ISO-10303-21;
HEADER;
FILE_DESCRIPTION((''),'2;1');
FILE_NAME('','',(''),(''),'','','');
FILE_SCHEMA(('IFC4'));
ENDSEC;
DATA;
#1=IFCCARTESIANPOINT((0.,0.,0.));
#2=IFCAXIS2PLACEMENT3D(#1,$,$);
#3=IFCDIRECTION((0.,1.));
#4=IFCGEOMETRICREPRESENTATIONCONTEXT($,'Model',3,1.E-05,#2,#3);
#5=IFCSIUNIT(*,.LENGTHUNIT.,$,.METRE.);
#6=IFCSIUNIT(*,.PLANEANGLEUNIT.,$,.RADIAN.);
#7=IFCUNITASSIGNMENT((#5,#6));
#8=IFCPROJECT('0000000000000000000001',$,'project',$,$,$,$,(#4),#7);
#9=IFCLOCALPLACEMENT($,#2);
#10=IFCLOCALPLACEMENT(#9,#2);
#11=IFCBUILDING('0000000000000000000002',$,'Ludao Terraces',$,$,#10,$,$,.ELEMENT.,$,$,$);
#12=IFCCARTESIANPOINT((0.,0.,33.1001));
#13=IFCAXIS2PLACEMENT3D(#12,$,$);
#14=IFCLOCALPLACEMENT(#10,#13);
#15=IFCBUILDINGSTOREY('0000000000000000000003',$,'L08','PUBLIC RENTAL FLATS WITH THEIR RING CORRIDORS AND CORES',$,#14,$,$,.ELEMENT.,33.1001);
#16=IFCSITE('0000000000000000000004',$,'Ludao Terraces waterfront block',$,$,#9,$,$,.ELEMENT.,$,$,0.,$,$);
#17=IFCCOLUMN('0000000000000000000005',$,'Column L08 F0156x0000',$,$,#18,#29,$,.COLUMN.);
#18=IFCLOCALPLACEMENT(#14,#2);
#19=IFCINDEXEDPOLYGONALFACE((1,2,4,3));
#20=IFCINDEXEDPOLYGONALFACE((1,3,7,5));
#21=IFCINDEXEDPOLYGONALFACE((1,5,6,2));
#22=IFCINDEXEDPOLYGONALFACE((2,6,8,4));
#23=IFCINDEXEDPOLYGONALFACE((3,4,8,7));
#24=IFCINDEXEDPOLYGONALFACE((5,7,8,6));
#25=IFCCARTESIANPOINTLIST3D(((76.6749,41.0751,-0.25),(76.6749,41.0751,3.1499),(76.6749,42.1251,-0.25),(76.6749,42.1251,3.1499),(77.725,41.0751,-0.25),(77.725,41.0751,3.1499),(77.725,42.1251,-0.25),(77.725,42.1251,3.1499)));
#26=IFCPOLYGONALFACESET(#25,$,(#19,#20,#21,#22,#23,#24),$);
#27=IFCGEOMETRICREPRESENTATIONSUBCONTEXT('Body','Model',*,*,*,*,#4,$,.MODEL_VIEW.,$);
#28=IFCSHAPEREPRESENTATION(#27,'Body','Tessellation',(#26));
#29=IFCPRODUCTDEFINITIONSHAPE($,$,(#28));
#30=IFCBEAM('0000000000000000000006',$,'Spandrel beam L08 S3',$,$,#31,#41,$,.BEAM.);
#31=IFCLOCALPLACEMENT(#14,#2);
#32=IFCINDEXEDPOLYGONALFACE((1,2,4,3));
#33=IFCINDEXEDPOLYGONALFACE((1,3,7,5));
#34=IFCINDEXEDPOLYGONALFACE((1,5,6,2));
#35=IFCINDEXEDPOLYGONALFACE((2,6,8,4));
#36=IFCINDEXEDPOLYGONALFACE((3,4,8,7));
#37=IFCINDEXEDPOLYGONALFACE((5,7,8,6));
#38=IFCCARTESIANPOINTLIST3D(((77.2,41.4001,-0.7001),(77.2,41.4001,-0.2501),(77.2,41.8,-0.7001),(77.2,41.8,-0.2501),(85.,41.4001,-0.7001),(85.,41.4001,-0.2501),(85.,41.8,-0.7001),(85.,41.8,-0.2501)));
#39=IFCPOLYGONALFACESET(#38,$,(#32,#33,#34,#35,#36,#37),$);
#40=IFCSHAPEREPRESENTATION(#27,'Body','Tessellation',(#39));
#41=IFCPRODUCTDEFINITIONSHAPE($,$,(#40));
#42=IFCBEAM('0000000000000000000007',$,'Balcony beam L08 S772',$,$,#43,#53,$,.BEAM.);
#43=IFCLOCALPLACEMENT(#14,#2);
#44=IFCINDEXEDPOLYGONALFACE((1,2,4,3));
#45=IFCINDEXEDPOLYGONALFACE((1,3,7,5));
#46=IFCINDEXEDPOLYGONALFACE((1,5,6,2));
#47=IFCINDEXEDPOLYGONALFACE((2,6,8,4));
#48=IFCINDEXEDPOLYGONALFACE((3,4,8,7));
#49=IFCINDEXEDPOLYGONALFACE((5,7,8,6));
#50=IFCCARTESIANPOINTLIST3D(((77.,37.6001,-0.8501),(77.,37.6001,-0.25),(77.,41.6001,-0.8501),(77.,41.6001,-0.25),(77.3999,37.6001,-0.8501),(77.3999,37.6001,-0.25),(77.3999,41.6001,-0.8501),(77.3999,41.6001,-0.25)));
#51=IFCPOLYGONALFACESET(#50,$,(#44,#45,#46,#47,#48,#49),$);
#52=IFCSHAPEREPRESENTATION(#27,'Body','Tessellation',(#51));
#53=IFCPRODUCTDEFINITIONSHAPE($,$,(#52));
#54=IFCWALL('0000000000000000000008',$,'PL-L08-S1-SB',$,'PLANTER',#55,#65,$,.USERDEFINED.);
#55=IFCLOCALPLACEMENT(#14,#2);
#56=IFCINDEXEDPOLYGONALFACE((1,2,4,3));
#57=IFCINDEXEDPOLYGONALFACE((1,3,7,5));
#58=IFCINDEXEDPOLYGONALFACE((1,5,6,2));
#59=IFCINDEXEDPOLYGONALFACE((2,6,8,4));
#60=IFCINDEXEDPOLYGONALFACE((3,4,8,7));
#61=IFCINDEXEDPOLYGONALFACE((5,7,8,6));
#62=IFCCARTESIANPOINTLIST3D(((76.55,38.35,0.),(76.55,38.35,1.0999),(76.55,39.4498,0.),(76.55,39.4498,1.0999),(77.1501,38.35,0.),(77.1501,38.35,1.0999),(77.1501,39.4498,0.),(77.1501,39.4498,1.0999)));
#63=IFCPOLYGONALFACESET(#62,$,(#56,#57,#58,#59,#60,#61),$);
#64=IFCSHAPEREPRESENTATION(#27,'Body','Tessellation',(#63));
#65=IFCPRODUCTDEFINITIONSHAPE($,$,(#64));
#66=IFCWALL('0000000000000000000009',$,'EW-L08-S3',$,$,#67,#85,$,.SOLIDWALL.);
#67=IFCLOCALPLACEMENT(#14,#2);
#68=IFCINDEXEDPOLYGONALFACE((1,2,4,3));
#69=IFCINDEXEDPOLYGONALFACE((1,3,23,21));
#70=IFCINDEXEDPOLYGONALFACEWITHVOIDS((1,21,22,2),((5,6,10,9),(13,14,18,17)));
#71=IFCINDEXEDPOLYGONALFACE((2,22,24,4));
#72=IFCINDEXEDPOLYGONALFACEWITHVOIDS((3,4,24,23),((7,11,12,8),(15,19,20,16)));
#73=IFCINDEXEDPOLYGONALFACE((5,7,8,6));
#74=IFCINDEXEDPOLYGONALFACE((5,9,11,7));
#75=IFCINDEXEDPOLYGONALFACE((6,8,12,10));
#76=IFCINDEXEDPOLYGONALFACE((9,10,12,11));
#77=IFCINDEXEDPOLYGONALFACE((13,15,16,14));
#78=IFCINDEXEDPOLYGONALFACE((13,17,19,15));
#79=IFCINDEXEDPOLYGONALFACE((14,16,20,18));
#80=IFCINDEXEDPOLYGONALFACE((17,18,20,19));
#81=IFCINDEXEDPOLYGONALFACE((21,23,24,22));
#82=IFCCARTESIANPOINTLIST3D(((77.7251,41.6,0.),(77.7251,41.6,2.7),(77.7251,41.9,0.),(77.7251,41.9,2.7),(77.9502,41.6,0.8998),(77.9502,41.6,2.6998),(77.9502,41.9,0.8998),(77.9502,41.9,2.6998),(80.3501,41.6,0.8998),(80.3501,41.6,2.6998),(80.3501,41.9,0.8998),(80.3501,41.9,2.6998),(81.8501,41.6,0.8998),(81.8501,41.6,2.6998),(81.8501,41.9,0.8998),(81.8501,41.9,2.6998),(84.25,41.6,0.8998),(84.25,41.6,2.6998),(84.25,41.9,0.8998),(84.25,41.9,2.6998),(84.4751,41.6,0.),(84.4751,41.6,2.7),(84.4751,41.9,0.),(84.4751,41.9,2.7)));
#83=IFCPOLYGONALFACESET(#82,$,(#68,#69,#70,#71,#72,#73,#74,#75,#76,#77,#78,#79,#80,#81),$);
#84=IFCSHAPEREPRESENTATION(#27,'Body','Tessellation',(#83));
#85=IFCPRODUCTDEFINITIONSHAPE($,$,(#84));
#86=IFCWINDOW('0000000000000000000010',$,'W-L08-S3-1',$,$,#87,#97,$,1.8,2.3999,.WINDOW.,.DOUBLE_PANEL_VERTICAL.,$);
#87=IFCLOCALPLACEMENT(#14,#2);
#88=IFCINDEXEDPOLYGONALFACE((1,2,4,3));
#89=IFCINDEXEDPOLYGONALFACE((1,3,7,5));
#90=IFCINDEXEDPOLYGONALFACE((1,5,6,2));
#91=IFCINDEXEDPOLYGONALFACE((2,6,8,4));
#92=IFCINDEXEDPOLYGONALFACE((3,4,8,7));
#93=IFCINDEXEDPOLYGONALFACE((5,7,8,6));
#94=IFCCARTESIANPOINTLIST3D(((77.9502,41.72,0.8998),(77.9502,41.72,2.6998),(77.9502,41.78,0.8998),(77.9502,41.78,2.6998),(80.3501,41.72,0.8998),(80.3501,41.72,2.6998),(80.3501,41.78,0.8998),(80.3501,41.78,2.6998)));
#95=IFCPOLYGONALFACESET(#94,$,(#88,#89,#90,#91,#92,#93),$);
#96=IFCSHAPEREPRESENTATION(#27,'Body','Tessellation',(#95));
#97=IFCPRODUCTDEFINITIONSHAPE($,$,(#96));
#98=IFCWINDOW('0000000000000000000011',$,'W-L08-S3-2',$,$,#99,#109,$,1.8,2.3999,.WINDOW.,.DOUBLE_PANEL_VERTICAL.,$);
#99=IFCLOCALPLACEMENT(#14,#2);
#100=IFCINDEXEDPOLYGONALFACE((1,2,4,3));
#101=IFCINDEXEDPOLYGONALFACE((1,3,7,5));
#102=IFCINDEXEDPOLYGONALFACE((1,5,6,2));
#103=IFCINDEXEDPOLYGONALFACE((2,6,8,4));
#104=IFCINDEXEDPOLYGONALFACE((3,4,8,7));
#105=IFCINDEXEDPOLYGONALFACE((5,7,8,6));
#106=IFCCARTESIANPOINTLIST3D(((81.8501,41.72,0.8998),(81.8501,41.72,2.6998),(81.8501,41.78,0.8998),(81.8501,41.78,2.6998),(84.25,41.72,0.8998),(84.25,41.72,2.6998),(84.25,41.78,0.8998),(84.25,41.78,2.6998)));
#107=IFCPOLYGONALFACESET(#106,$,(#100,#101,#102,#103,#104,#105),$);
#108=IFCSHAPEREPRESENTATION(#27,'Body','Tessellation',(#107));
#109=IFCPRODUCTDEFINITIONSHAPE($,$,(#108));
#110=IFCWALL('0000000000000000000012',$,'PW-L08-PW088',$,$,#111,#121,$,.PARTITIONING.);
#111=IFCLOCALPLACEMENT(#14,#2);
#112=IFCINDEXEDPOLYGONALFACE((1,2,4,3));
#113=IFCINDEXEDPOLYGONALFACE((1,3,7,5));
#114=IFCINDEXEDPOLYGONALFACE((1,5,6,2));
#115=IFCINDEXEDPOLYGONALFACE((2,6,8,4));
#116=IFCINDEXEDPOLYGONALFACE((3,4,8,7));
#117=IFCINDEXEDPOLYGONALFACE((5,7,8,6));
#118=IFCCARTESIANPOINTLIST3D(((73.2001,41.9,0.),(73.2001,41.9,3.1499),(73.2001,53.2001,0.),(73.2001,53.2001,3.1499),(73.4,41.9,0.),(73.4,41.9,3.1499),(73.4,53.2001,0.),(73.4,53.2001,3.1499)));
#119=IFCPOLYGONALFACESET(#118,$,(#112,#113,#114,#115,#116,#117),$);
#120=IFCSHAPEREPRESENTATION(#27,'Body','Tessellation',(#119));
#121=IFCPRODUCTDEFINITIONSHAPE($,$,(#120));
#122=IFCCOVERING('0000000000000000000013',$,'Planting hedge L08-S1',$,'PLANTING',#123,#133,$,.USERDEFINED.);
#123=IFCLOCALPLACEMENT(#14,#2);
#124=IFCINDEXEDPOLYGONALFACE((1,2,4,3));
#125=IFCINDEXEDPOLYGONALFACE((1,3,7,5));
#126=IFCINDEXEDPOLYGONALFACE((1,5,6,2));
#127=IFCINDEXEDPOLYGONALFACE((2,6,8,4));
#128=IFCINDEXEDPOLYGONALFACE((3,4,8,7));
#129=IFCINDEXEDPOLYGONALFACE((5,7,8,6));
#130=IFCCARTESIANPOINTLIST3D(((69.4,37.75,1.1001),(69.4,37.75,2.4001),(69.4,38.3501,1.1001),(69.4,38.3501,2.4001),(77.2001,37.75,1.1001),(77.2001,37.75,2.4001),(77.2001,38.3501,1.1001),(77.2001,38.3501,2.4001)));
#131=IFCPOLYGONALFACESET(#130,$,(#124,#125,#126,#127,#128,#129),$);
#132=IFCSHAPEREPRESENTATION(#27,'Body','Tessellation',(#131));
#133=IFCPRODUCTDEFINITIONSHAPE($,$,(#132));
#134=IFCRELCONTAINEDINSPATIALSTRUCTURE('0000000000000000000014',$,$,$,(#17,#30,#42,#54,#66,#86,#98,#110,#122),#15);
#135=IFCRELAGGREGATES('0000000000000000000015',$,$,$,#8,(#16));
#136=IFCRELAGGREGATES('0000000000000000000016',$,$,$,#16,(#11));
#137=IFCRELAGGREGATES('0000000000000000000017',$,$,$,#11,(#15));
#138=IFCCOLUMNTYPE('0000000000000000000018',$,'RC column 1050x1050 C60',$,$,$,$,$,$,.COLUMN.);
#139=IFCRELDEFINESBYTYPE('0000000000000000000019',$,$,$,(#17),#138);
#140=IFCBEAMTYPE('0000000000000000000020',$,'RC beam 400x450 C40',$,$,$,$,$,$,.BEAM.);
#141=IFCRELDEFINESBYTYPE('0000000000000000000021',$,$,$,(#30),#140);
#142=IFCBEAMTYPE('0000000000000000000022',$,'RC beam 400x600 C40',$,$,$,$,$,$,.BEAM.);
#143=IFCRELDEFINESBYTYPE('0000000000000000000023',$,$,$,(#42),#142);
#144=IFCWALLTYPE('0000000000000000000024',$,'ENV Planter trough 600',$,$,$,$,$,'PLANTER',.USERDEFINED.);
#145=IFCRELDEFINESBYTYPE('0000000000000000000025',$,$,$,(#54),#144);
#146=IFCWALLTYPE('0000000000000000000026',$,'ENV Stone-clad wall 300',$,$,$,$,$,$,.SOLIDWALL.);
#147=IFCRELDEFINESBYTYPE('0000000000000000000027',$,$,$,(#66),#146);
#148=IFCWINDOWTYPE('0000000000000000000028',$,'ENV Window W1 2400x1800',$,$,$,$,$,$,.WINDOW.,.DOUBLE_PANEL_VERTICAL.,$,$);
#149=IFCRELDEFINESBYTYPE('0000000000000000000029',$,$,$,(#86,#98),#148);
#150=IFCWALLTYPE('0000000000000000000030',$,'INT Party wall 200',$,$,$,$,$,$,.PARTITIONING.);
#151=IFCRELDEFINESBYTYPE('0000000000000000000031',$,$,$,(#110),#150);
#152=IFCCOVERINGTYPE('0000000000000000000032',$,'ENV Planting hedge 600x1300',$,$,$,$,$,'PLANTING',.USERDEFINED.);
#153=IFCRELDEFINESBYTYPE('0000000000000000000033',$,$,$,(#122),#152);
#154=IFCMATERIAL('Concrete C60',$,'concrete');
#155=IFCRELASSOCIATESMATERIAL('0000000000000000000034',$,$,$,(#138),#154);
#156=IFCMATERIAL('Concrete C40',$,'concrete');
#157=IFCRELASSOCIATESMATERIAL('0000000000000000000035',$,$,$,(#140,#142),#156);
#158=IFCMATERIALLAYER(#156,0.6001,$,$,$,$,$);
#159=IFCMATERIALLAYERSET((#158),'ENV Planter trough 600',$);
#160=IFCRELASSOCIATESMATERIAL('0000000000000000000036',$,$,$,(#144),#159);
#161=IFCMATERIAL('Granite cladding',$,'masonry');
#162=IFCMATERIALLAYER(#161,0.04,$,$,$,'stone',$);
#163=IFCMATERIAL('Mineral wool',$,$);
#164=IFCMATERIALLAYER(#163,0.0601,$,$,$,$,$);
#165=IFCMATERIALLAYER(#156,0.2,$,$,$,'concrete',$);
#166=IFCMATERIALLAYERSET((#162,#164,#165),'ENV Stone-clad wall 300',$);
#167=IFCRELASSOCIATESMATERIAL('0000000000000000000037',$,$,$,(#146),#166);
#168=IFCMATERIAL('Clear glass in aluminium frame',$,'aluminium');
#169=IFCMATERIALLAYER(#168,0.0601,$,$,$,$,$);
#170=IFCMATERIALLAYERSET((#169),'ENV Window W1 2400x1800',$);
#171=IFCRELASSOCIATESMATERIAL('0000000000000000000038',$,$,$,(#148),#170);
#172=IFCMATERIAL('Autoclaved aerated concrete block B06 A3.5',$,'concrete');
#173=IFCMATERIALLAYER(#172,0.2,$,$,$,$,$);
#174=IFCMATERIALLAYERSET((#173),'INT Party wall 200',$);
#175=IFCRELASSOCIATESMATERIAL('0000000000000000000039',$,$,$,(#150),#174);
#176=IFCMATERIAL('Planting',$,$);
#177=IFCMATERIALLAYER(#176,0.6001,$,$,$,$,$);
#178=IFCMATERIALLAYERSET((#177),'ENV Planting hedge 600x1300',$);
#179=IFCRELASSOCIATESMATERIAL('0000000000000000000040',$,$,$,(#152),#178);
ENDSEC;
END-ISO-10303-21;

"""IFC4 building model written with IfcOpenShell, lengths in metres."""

from ifc_helpers import new_model, si_unit, direction, frame, frame_2d, origin, origin_2d, place, context, subcontext, project, spatial, rectangle, extrude, material, layer, layer_set, material_profile, profile_set, type_object, element, fill, save


model = new_model("IFC4")

# Units and contexts
model_context = context("Model", 3, precision=1e-05, world=origin(), true_north=direction((0.0, 1.0)))
body_context = subcontext(model_context, "Body", "Model", "MODEL_VIEW")
ifc_project = project(units=[si_unit("LENGTHUNIT", "METRE"), si_unit("PLANEANGLEUNIT", "RADIAN")], contexts=[model_context])

# Site, building, storey
site_placement = place(None, origin())
site = spatial("IfcSite", under=ifc_project, at=site_placement, Name="Ludao Terraces waterfront block", CompositionType="ELEMENT", RefElevation=0.0)
building_placement = place(site_placement, origin())
building = spatial("IfcBuilding", under=site, at=building_placement, Name="Ludao Terraces", CompositionType="ELEMENT")
storey_placement = place(building_placement, frame((0.0, 0.0, 33.1001)))
storey = spatial("IfcBuildingStorey", under=building, at=storey_placement, Name="L08", Description="PUBLIC RENTAL FLATS WITH THEIR RING CORRIDORS AND CORES", CompositionType="ELEMENT", Elevation=33.1001)

# Column
ifc_material_1 = material(Name="Concrete C60", Category="concrete")
ifc_material_profile_1 = material_profile(ifc_material_1, rectangle(XDim=1.05, YDim=1.05, at=origin_2d()), Name="1050 X 1050")
ifc_profile_set_1 = profile_set([ifc_material_profile_1], Name="Concrete C60")
column_type = type_object("IfcColumnType", Name="RC column 1050x1050 C60", PredefinedType="COLUMN", material=ifc_profile_set_1)
column_placement = place(storey_placement, frame((77.2, 41.6001, -0.25), z_axis=(0.0, 0.0, 1.0), x_axis=(1.0, 0.0, 0.0)))
element("IfcColumn", 1, at=column_placement, inside=storey, type_object=column_type, Name="Column L08 F0156x0000", PredefinedType="COLUMN", context=body_context, shape_type="SweptSolid", body=[
    extrude(rectangle(XDim=1.05, YDim=1.05, at=origin_2d()), origin(), (0.0, 0.0, 1.0), 3.3999),
])

# Beams
ifc_material_2 = material(Name="Concrete C40", Category="concrete")
ifc_material_profile_2 = material_profile(ifc_material_2, rectangle(XDim=0.3999, YDim=0.45, at=origin_2d()), Name="400 X 450")
ifc_profile_set_2 = profile_set([ifc_material_profile_2], Name="Concrete C40")
beam_type_1 = type_object("IfcBeamType", Name="RC beam 400x450 C40", PredefinedType="BEAM", material=ifc_profile_set_2)
beam_1_placement = place(storey_placement, frame((77.2, 41.6001, -0.4751), z_axis=(1.0, 0.0, 0.0), x_axis=(0.0, 1.0, 0.0)))
element("IfcBeam", 2, at=beam_1_placement, inside=storey, type_object=beam_type_1, Name="Spandrel beam L08 S3", PredefinedType="BEAM", context=body_context, shape_type="SweptSolid", body=[
    extrude(rectangle(XDim=0.3999, YDim=0.45, at=origin_2d()), origin(), (0.0, 0.0, 1.0), 7.8),
])
ifc_material_profile_3 = material_profile(ifc_material_2, rectangle(XDim=0.3999, YDim=0.6001, at=origin_2d()), Name="400 X 600")
ifc_profile_set_3 = profile_set([ifc_material_profile_3], Name="Concrete C40")
beam_type_2 = type_object("IfcBeamType", Name="RC beam 400x600 C40", PredefinedType="BEAM", material=ifc_profile_set_3)
beam_2_placement = place(storey_placement, frame((77.2, 41.6001, -0.55), z_axis=(0.0, -1.0, 0.0), x_axis=(1.0, 0.0, 0.0)))
element("IfcBeam", 3, at=beam_2_placement, inside=storey, type_object=beam_type_2, Name="Balcony beam L08 S772", PredefinedType="BEAM", context=body_context, shape_type="SweptSolid", body=[
    extrude(rectangle(XDim=0.3999, YDim=0.6001, at=origin_2d()), origin(), (0.0, 0.0, 1.0), 4.0),
])

# Wall
ifc_layer_1 = layer(ifc_material_2, 0.6001)
ifc_layer_set_1 = layer_set([ifc_layer_1], Name="ENV Planter trough 600")
wall_type_1 = type_object("IfcWallType", Name="ENV Planter trough 600", ElementType="PLANTER", PredefinedType="USERDEFINED", material=ifc_layer_set_1)
wall_1_placement = place(storey_placement, frame((76.8501, 38.3501, 0.0), z_axis=(0.0, 0.0, 1.0), x_axis=(0.0, 1.0, 0.0)))
element("IfcWall", 4, at=wall_1_placement, inside=storey, type_object=wall_type_1, Name="PL-L08-S1-SB", ObjectType="PLANTER", PredefinedType="USERDEFINED", context=body_context, shape_type="SweptSolid", body=[
    extrude(rectangle(XDim=1.0999, YDim=0.6001, at=frame_2d((0.5498, 0.0))), origin(), (0.0, 0.0, 1.0), 1.0999),
])

# Wall, openings, windows
ifc_material_3 = material(Name="Granite cladding", Category="masonry")
ifc_layer_2 = layer(ifc_material_3, 0.04, Category="stone")
ifc_material_4 = material(Name="Mineral wool")
ifc_layer_3 = layer(ifc_material_4, 0.0601)
ifc_layer_4 = layer(ifc_material_2, 0.2, Category="concrete")
ifc_layer_set_2 = layer_set([ifc_layer_2, ifc_layer_3, ifc_layer_4], Name="ENV Stone-clad wall 300")
wall_type_2 = type_object("IfcWallType", Name="ENV Stone-clad wall 300", PredefinedType="SOLIDWALL", material=ifc_layer_set_2)
wall_2_placement = place(storey_placement, frame((77.7251, 41.75, 0.0), z_axis=(0.0, 0.0, 1.0), x_axis=(1.0, 0.0, 0.0)))
wall_2 = element("IfcWall", 5, at=wall_2_placement, inside=storey, type_object=wall_type_2, Name="EW-L08-S3", PredefinedType="SOLIDWALL", context=body_context, shape_type="SweptSolid", body=[
    extrude(rectangle(XDim=6.75, YDim=0.3, at=frame_2d((3.375, 0.0))), origin(), (0.0, 0.0, 1.0), 2.7),
])
opening_1_placement = place(wall_2_placement, frame((0.2251, 0.0, 0.8999)))
opening_1 = element("IfcOpeningElement", 6, at=opening_1_placement, cuts=wall_2, PredefinedType="OPENING", context=body_context, shape_type="SweptSolid", body=[
    extrude(rectangle(XDim=2.3999, YDim=1.8, at=frame_2d((1.2, 0.8999))), frame((0.0, 0.1602, 0.0), z_axis=(0.0, -1.0, 0.0), x_axis=(1.0, 0.0, 0.0)), (0.0, 0.0, 1.0), 0.3201),
])
opening_2_placement = place(wall_2_placement, frame((4.125, 0.0, 0.8999)))
opening_2 = element("IfcOpeningElement", 7, at=opening_2_placement, cuts=wall_2, PredefinedType="OPENING", context=body_context, shape_type="SweptSolid", body=[
    extrude(rectangle(XDim=2.3999, YDim=1.8, at=frame_2d((1.2, 0.8999))), frame((0.0, 0.1602, 0.0), z_axis=(0.0, -1.0, 0.0), x_axis=(1.0, 0.0, 0.0)), (0.0, 0.0, 1.0), 0.3201),
])
ifc_material_5 = material(Name="Clear glass in aluminium frame", Category="aluminium")
ifc_layer_5 = layer(ifc_material_5, 0.0601)
ifc_layer_set_3 = layer_set([ifc_layer_5], Name="ENV Window W1 2400x1800")
window_type = type_object("IfcWindowType", Name="ENV Window W1 2400x1800", PartitioningType="DOUBLE_PANEL_VERTICAL", PredefinedType="WINDOW", material=ifc_layer_set_3)
window_1_placement = place(opening_1_placement, origin())
window_1 = element("IfcWindow", 8, at=window_1_placement, inside=storey, type_object=window_type, Name="W-L08-S3-1", OverallHeight=1.8, OverallWidth=2.3999, PartitioningType="DOUBLE_PANEL_VERTICAL", PredefinedType="WINDOW", context=body_context, shape_type="SweptSolid", body=[
    extrude(rectangle(XDim=2.3999, YDim=1.8, at=frame_2d((1.2, 0.8999))), frame((0.0, 0.03, 0.0), z_axis=(0.0, -1.0, 0.0), x_axis=(1.0, 0.0, 0.0)), (0.0, 0.0, 1.0), 0.0601),
])
fill(opening_1, window_1)
window_2_placement = place(opening_2_placement, origin())
window_2 = element("IfcWindow", 9, at=window_2_placement, inside=storey, type_object=window_type, Name="W-L08-S3-2", OverallHeight=1.8, OverallWidth=2.3999, PartitioningType="DOUBLE_PANEL_VERTICAL", PredefinedType="WINDOW", context=body_context, shape_type="SweptSolid", body=[
    extrude(rectangle(XDim=2.3999, YDim=1.8, at=frame_2d((1.2, 0.8999))), frame((0.0, 0.03, 0.0), z_axis=(0.0, -1.0, 0.0), x_axis=(1.0, 0.0, 0.0)), (0.0, 0.0, 1.0), 0.0601),
])
fill(opening_2, window_2)

# Wall
ifc_material_6 = material(Name="Autoclaved aerated concrete block B06 A3.5", Category="concrete")
ifc_layer_6 = layer(ifc_material_6, 0.2)
ifc_layer_set_4 = layer_set([ifc_layer_6], Name="INT Party wall 200")
wall_type_3 = type_object("IfcWallType", Name="INT Party wall 200", PredefinedType="PARTITIONING", material=ifc_layer_set_4)
wall_3_placement = place(storey_placement, frame((73.3, 41.9001, 0.0), z_axis=(0.0, 0.0, 1.0), x_axis=(0.0, 1.0, 0.0)))
element("IfcWall", 10, at=wall_3_placement, inside=storey, type_object=wall_type_3, Name="PW-L08-PW088", PredefinedType="PARTITIONING", context=body_context, shape_type="SweptSolid", body=[
    extrude(rectangle(XDim=11.3, YDim=0.2, at=frame_2d((5.6499, 0.0))), origin(), (0.0, 0.0, 1.0), 3.1499),
])

# Covering
ifc_material_7 = material(Name="Planting")
ifc_layer_7 = layer(ifc_material_7, 0.6001)
ifc_layer_set_5 = layer_set([ifc_layer_7], Name="ENV Planting hedge 600x1300")
covering_type = type_object("IfcCoveringType", Name="ENV Planting hedge 600x1300", ElementType="PLANTING", PredefinedType="USERDEFINED", material=ifc_layer_set_5)
covering_placement = place(storey_placement, frame((73.3, 38.05, 1.1001), z_axis=(0.0, 0.0, 1.0), x_axis=(1.0, 0.0, 0.0)))
element("IfcCovering", 11, at=covering_placement, inside=storey, type_object=covering_type, Name="Planting hedge L08-S1", ObjectType="PLANTING", PredefinedType="USERDEFINED", context=body_context, shape_type="SweptSolid", body=[
    extrude(rectangle(XDim=7.8, YDim=0.6001, at=origin_2d()), origin(), (0.0, 0.0, 1.0), 1.3),
])

save(model, "model.ifc")
